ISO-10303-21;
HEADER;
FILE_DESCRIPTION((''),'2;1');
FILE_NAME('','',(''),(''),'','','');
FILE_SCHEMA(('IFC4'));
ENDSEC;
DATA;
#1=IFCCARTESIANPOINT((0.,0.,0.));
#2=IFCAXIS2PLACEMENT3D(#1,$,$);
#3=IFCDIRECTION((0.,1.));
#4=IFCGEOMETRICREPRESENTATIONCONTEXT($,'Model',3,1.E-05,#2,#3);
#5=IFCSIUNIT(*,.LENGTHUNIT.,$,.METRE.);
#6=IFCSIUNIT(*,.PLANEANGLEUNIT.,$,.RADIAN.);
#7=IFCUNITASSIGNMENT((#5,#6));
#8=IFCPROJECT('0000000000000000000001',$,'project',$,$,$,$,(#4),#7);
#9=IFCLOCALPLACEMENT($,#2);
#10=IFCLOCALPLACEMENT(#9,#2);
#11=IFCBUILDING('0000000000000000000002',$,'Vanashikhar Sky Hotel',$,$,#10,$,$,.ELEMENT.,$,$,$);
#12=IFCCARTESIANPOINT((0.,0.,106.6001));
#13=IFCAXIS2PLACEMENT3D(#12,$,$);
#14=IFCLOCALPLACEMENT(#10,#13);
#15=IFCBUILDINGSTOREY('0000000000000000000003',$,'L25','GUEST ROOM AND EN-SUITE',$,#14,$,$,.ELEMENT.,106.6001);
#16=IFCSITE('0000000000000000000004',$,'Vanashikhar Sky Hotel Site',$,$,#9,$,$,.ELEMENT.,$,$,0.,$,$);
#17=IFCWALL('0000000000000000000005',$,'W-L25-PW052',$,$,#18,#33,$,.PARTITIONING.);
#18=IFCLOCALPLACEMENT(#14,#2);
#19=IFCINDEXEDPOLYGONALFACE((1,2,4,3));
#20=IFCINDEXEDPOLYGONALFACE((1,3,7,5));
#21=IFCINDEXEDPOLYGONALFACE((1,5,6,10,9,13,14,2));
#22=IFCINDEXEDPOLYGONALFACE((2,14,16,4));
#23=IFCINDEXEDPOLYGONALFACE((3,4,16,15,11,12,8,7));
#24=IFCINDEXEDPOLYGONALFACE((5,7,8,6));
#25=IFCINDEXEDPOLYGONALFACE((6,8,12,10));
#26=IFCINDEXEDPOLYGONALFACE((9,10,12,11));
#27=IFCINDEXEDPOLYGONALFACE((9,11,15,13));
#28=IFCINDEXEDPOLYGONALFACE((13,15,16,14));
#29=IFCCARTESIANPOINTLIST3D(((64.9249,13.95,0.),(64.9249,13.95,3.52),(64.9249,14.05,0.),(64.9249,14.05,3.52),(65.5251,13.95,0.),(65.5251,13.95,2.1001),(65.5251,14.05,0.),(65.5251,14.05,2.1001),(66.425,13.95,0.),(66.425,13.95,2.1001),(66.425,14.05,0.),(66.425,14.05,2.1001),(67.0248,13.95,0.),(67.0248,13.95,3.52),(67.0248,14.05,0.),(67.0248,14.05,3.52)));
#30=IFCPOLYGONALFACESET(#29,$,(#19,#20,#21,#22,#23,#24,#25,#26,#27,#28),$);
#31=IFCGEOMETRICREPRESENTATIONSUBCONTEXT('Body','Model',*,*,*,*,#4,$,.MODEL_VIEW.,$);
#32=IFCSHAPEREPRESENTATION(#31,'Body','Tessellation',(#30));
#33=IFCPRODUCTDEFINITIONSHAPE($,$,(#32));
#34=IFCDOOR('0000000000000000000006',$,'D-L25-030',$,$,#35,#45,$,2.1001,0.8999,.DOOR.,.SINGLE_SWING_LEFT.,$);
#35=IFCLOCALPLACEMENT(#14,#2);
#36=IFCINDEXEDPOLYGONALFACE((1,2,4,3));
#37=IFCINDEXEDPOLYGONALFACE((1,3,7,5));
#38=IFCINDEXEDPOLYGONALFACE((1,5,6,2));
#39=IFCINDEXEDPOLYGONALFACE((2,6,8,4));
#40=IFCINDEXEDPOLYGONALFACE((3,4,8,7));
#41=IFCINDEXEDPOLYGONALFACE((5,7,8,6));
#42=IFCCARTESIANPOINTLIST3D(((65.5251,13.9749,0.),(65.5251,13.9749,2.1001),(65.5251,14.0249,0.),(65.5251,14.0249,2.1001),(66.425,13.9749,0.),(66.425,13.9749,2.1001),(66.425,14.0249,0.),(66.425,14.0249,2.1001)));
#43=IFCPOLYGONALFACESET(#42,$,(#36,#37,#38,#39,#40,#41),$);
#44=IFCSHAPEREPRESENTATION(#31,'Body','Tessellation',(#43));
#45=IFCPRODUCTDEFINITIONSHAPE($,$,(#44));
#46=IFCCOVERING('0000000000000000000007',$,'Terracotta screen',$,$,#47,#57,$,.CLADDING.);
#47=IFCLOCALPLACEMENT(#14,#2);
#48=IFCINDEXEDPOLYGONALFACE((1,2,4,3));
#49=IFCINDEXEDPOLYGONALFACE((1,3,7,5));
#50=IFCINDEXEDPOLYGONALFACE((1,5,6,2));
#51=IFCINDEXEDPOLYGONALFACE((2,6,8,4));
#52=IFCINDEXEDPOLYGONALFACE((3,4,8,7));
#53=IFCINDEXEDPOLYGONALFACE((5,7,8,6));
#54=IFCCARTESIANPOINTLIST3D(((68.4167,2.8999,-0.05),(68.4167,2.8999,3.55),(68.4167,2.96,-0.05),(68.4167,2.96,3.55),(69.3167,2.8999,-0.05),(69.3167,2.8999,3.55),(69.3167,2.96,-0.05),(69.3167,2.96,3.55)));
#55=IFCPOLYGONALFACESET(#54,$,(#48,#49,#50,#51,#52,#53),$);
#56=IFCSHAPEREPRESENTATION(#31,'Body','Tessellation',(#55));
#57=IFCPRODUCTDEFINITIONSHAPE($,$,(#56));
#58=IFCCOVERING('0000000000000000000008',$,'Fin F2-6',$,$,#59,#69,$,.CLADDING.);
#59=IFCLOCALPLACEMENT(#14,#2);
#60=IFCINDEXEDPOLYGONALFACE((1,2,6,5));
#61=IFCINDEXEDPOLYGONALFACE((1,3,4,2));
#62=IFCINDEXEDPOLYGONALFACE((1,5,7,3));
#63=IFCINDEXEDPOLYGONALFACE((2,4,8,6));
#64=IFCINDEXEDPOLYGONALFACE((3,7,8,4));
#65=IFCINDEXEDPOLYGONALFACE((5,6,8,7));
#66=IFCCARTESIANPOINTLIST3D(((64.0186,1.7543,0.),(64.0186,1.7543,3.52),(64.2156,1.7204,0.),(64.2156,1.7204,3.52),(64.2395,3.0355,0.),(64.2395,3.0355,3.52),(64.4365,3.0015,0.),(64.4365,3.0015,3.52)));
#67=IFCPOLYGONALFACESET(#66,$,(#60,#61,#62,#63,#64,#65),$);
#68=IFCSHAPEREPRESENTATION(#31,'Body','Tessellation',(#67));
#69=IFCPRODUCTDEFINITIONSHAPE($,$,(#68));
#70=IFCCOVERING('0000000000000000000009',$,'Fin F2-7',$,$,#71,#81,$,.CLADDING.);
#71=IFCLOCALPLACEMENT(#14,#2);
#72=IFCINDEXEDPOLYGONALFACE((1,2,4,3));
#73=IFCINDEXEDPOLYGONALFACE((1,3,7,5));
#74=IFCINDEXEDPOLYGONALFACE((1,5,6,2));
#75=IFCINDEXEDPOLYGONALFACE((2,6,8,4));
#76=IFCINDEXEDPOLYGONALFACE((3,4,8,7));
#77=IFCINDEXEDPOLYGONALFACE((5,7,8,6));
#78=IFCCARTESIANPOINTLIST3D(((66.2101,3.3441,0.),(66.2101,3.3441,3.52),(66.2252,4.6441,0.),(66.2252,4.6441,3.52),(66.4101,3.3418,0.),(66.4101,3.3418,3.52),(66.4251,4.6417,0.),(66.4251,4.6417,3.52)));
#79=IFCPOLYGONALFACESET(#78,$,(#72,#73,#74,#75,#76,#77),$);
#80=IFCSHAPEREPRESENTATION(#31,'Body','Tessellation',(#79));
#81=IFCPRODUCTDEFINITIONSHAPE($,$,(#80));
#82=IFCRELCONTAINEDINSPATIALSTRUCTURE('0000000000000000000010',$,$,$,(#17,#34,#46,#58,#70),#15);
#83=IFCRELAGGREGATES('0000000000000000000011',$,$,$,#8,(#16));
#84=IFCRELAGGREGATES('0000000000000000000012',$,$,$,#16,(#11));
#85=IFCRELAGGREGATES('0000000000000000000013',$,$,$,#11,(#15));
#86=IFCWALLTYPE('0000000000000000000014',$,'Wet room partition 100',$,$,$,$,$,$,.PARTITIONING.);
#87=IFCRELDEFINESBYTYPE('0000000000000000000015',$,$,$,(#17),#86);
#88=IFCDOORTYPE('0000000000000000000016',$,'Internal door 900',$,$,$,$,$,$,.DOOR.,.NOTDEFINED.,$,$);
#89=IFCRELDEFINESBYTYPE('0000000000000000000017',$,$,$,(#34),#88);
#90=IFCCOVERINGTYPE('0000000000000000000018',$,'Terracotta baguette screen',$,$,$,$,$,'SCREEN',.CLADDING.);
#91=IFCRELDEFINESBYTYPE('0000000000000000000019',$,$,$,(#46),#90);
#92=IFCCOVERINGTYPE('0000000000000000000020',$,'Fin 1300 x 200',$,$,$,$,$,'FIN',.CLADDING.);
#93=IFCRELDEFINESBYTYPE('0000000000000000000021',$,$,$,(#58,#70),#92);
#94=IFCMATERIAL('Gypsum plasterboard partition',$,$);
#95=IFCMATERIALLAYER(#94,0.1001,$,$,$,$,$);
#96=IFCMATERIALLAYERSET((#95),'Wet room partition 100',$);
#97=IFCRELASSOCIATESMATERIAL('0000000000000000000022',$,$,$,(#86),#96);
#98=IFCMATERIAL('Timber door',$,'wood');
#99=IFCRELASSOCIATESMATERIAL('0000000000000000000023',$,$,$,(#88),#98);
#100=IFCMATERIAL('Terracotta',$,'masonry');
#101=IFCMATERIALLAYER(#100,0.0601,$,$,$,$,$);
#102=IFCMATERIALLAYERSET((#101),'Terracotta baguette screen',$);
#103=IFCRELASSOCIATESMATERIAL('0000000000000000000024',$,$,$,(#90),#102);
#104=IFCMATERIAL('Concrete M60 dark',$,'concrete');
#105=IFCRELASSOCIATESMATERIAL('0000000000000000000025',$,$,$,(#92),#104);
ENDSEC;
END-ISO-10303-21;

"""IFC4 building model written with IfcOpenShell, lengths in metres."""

from ifc_helpers import new_model, si_unit, direction, frame, frame_2d, origin, origin_2d, place, context, subcontext, project, spatial, rectangle, extrude, source, transform, mapped, material, layer, layer_set, material_profile, profile_set, type_object, element, fill, save


model = new_model("IFC4")

# Units and contexts
model_context = context("Model", 3, precision=1e-05, world=origin(), true_north=direction((0.0, 1.0)))
body_context = subcontext(model_context, "Body", "Model", "MODEL_VIEW")
ifc_project = project(units=[si_unit("LENGTHUNIT", "METRE"), si_unit("PLANEANGLEUNIT", "RADIAN")], contexts=[model_context])

# Site, building, storey
site_placement = place(None, origin())
site = spatial("IfcSite", under=ifc_project, at=site_placement, Name="Vanashikhar Sky Hotel Site", CompositionType="ELEMENT", RefElevation=0.0)
building_placement = place(site_placement, origin())
building = spatial("IfcBuilding", under=site, at=building_placement, Name="Vanashikhar Sky Hotel", CompositionType="ELEMENT")
storey_placement = place(building_placement, frame((0.0, 0.0, 106.6001)))
storey = spatial("IfcBuildingStorey", under=building, at=storey_placement, Name="L25", Description="GUEST ROOM AND EN-SUITE", CompositionType="ELEMENT", Elevation=106.6001)

# Shared definitions
ifc_material_1 = material(Name="Gypsum plasterboard partition")
ifc_layer_1 = layer(ifc_material_1, 0.1001)
ifc_layer_set_1 = layer_set([ifc_layer_1], Name="Wet room partition 100")
wall_type_1 = type_object("IfcWallType", Name="Wet room partition 100", PredefinedType="PARTITIONING", material=ifc_layer_set_1)
shared_shape_1 = source(origin(), body_context, "Body", "SweptSolid", [
    extrude(rectangle(XDim=0.8999, YDim=2.1001, at=frame_2d((0.45, 1.05))), frame((0.0, 0.0601, 0.0), z_axis=(0.0, -1.0, 0.0), x_axis=(1.0, 0.0, 0.0)), (0.0, 0.0, 1.0), 0.1201),
])
ifc_material_2 = material(Name="Timber door", Category="wood")
door_type_1 = type_object("IfcDoorType", Name="Internal door 900", OperationType="NOTDEFINED", PredefinedType="DOOR", material=ifc_material_2)
shared_shape_2 = source(origin(), body_context, "Body", "SweptSolid", [
    extrude(rectangle(XDim=0.8999, YDim=2.1001, at=frame_2d((0.45, 1.05))), frame((0.0, 0.0249, 0.0), z_axis=(0.0, -1.0, 0.0), x_axis=(1.0, 0.0, 0.0)), (0.0, 0.0, 1.0), 0.05),
])

# Wall, opening, door
shared_shape_3 = source(origin(), body_context, "Body", "SweptSolid", [
    extrude(rectangle(XDim=2.0999, YDim=0.1001, at=frame_2d((1.0498, 0.0))), origin(), (0.0, 0.0, 1.0), 3.52),
])
wall_1_placement = place(storey_placement, frame((64.925, 14.0, 0.0), z_axis=(0.0, 0.0, 1.0), x_axis=(1.0, 0.0, 0.0)))
wall_1 = element("IfcWall", 1, at=wall_1_placement, inside=storey, type_object=wall_type_1, Name="W-L25-PW052", PredefinedType="PARTITIONING", context=body_context, shape_type="MappedRepresentation", body=[
    mapped(shared_shape_3, transform((0.0, 0.0, 0.0), scale=1.0)),
])
opening_1_placement = place(wall_1_placement, frame((0.6001, 0.0, 0.0)))
opening_1 = element("IfcOpeningElement", 2, at=opening_1_placement, cuts=wall_1, PredefinedType="OPENING", context=body_context, shape_type="MappedRepresentation", body=[
    mapped(shared_shape_1, transform((0.0, 0.0, 0.0), scale=1.0)),
])
door_1_placement = place(opening_1_placement, origin())
door_1 = element("IfcDoor", 3, at=door_1_placement, inside=storey, type_object=door_type_1, Name="D-L25-030", OperationType="SINGLE_SWING_LEFT", OverallHeight=2.1001, OverallWidth=0.8999, PredefinedType="DOOR", context=body_context, shape_type="MappedRepresentation", body=[
    mapped(shared_shape_2, transform((0.0, 0.0, 0.0), scale=1.0)),
])
fill(opening_1, door_1)

# Coverings
ifc_material_3 = material(Name="Terracotta", Category="masonry")
ifc_layer_2 = layer(ifc_material_3, 0.0601)
ifc_layer_set_2 = layer_set([ifc_layer_2], Name="Terracotta baguette screen")
covering_type_1 = type_object("IfcCoveringType", Name="Terracotta baguette screen", ElementType="SCREEN", PredefinedType="CLADDING", material=ifc_layer_set_2)
shared_shape_4 = source(origin(), body_context, "Body", "SweptSolid", [
    extrude(rectangle(XDim=0.8999, YDim=0.0601, at=origin_2d()), origin(), (0.0, 0.0, 1.0), 3.6001),
])
covering_placement = place(storey_placement, frame((68.8667, 2.9299, -0.05), z_axis=(0.0, 0.0, 1.0), x_axis=(1.0, 0.0, 0.0)))
element("IfcCovering", 4, at=covering_placement, inside=storey, type_object=covering_type_1, Name="Terracotta screen", PredefinedType="CLADDING", context=body_context, shape_type="MappedRepresentation", body=[
    mapped(shared_shape_4, transform((0.0, 0.0, 0.0), scale=1.0)),
])
ifc_material_4 = material(Name="Concrete M60 dark", Category="concrete")
ifc_material_profile_1 = material_profile(ifc_material_4, rectangle(XDim=1.3, YDim=0.2, at=origin_2d()))
ifc_profile_set_1 = profile_set([ifc_material_profile_1], Name="Fin 1300 x 200")
covering_type_2 = type_object("IfcCoveringType", Name="Fin 1300 x 200", ElementType="FIN", PredefinedType="CLADDING", material=ifc_profile_set_1)
shared_shape_5 = source(origin(), body_context, "Body", "SweptSolid", [
    extrude(rectangle(XDim=1.3, YDim=0.2, at=origin_2d()), origin(), (0.0, 0.0, 1.0), 3.52),
])
for number, where, z_axis, x_axis, name in (
    (5, (64.2275, 2.3779, 0.0), (0.0, 0.0, 1.0), (-0.1699, -0.985461, 0.0), "Fin F2-6"),
    (6, (66.3176, 3.9929, 0.0), (0.0, 0.0, 1.0), (-0.011589, -0.999933, 0.0), "Fin F2-7"),
):
    element("IfcCovering", number, at=place(storey_placement, frame(where, z_axis=z_axis, x_axis=x_axis)), inside=storey, type_object=covering_type_2, Name=name, PredefinedType="CLADDING", context=body_context, shape_type="MappedRepresentation", body=[
        mapped(shared_shape_5, transform((0.0, 0.0, 0.0), scale=1.0)),
    ])

save(model, "model.ifc")
